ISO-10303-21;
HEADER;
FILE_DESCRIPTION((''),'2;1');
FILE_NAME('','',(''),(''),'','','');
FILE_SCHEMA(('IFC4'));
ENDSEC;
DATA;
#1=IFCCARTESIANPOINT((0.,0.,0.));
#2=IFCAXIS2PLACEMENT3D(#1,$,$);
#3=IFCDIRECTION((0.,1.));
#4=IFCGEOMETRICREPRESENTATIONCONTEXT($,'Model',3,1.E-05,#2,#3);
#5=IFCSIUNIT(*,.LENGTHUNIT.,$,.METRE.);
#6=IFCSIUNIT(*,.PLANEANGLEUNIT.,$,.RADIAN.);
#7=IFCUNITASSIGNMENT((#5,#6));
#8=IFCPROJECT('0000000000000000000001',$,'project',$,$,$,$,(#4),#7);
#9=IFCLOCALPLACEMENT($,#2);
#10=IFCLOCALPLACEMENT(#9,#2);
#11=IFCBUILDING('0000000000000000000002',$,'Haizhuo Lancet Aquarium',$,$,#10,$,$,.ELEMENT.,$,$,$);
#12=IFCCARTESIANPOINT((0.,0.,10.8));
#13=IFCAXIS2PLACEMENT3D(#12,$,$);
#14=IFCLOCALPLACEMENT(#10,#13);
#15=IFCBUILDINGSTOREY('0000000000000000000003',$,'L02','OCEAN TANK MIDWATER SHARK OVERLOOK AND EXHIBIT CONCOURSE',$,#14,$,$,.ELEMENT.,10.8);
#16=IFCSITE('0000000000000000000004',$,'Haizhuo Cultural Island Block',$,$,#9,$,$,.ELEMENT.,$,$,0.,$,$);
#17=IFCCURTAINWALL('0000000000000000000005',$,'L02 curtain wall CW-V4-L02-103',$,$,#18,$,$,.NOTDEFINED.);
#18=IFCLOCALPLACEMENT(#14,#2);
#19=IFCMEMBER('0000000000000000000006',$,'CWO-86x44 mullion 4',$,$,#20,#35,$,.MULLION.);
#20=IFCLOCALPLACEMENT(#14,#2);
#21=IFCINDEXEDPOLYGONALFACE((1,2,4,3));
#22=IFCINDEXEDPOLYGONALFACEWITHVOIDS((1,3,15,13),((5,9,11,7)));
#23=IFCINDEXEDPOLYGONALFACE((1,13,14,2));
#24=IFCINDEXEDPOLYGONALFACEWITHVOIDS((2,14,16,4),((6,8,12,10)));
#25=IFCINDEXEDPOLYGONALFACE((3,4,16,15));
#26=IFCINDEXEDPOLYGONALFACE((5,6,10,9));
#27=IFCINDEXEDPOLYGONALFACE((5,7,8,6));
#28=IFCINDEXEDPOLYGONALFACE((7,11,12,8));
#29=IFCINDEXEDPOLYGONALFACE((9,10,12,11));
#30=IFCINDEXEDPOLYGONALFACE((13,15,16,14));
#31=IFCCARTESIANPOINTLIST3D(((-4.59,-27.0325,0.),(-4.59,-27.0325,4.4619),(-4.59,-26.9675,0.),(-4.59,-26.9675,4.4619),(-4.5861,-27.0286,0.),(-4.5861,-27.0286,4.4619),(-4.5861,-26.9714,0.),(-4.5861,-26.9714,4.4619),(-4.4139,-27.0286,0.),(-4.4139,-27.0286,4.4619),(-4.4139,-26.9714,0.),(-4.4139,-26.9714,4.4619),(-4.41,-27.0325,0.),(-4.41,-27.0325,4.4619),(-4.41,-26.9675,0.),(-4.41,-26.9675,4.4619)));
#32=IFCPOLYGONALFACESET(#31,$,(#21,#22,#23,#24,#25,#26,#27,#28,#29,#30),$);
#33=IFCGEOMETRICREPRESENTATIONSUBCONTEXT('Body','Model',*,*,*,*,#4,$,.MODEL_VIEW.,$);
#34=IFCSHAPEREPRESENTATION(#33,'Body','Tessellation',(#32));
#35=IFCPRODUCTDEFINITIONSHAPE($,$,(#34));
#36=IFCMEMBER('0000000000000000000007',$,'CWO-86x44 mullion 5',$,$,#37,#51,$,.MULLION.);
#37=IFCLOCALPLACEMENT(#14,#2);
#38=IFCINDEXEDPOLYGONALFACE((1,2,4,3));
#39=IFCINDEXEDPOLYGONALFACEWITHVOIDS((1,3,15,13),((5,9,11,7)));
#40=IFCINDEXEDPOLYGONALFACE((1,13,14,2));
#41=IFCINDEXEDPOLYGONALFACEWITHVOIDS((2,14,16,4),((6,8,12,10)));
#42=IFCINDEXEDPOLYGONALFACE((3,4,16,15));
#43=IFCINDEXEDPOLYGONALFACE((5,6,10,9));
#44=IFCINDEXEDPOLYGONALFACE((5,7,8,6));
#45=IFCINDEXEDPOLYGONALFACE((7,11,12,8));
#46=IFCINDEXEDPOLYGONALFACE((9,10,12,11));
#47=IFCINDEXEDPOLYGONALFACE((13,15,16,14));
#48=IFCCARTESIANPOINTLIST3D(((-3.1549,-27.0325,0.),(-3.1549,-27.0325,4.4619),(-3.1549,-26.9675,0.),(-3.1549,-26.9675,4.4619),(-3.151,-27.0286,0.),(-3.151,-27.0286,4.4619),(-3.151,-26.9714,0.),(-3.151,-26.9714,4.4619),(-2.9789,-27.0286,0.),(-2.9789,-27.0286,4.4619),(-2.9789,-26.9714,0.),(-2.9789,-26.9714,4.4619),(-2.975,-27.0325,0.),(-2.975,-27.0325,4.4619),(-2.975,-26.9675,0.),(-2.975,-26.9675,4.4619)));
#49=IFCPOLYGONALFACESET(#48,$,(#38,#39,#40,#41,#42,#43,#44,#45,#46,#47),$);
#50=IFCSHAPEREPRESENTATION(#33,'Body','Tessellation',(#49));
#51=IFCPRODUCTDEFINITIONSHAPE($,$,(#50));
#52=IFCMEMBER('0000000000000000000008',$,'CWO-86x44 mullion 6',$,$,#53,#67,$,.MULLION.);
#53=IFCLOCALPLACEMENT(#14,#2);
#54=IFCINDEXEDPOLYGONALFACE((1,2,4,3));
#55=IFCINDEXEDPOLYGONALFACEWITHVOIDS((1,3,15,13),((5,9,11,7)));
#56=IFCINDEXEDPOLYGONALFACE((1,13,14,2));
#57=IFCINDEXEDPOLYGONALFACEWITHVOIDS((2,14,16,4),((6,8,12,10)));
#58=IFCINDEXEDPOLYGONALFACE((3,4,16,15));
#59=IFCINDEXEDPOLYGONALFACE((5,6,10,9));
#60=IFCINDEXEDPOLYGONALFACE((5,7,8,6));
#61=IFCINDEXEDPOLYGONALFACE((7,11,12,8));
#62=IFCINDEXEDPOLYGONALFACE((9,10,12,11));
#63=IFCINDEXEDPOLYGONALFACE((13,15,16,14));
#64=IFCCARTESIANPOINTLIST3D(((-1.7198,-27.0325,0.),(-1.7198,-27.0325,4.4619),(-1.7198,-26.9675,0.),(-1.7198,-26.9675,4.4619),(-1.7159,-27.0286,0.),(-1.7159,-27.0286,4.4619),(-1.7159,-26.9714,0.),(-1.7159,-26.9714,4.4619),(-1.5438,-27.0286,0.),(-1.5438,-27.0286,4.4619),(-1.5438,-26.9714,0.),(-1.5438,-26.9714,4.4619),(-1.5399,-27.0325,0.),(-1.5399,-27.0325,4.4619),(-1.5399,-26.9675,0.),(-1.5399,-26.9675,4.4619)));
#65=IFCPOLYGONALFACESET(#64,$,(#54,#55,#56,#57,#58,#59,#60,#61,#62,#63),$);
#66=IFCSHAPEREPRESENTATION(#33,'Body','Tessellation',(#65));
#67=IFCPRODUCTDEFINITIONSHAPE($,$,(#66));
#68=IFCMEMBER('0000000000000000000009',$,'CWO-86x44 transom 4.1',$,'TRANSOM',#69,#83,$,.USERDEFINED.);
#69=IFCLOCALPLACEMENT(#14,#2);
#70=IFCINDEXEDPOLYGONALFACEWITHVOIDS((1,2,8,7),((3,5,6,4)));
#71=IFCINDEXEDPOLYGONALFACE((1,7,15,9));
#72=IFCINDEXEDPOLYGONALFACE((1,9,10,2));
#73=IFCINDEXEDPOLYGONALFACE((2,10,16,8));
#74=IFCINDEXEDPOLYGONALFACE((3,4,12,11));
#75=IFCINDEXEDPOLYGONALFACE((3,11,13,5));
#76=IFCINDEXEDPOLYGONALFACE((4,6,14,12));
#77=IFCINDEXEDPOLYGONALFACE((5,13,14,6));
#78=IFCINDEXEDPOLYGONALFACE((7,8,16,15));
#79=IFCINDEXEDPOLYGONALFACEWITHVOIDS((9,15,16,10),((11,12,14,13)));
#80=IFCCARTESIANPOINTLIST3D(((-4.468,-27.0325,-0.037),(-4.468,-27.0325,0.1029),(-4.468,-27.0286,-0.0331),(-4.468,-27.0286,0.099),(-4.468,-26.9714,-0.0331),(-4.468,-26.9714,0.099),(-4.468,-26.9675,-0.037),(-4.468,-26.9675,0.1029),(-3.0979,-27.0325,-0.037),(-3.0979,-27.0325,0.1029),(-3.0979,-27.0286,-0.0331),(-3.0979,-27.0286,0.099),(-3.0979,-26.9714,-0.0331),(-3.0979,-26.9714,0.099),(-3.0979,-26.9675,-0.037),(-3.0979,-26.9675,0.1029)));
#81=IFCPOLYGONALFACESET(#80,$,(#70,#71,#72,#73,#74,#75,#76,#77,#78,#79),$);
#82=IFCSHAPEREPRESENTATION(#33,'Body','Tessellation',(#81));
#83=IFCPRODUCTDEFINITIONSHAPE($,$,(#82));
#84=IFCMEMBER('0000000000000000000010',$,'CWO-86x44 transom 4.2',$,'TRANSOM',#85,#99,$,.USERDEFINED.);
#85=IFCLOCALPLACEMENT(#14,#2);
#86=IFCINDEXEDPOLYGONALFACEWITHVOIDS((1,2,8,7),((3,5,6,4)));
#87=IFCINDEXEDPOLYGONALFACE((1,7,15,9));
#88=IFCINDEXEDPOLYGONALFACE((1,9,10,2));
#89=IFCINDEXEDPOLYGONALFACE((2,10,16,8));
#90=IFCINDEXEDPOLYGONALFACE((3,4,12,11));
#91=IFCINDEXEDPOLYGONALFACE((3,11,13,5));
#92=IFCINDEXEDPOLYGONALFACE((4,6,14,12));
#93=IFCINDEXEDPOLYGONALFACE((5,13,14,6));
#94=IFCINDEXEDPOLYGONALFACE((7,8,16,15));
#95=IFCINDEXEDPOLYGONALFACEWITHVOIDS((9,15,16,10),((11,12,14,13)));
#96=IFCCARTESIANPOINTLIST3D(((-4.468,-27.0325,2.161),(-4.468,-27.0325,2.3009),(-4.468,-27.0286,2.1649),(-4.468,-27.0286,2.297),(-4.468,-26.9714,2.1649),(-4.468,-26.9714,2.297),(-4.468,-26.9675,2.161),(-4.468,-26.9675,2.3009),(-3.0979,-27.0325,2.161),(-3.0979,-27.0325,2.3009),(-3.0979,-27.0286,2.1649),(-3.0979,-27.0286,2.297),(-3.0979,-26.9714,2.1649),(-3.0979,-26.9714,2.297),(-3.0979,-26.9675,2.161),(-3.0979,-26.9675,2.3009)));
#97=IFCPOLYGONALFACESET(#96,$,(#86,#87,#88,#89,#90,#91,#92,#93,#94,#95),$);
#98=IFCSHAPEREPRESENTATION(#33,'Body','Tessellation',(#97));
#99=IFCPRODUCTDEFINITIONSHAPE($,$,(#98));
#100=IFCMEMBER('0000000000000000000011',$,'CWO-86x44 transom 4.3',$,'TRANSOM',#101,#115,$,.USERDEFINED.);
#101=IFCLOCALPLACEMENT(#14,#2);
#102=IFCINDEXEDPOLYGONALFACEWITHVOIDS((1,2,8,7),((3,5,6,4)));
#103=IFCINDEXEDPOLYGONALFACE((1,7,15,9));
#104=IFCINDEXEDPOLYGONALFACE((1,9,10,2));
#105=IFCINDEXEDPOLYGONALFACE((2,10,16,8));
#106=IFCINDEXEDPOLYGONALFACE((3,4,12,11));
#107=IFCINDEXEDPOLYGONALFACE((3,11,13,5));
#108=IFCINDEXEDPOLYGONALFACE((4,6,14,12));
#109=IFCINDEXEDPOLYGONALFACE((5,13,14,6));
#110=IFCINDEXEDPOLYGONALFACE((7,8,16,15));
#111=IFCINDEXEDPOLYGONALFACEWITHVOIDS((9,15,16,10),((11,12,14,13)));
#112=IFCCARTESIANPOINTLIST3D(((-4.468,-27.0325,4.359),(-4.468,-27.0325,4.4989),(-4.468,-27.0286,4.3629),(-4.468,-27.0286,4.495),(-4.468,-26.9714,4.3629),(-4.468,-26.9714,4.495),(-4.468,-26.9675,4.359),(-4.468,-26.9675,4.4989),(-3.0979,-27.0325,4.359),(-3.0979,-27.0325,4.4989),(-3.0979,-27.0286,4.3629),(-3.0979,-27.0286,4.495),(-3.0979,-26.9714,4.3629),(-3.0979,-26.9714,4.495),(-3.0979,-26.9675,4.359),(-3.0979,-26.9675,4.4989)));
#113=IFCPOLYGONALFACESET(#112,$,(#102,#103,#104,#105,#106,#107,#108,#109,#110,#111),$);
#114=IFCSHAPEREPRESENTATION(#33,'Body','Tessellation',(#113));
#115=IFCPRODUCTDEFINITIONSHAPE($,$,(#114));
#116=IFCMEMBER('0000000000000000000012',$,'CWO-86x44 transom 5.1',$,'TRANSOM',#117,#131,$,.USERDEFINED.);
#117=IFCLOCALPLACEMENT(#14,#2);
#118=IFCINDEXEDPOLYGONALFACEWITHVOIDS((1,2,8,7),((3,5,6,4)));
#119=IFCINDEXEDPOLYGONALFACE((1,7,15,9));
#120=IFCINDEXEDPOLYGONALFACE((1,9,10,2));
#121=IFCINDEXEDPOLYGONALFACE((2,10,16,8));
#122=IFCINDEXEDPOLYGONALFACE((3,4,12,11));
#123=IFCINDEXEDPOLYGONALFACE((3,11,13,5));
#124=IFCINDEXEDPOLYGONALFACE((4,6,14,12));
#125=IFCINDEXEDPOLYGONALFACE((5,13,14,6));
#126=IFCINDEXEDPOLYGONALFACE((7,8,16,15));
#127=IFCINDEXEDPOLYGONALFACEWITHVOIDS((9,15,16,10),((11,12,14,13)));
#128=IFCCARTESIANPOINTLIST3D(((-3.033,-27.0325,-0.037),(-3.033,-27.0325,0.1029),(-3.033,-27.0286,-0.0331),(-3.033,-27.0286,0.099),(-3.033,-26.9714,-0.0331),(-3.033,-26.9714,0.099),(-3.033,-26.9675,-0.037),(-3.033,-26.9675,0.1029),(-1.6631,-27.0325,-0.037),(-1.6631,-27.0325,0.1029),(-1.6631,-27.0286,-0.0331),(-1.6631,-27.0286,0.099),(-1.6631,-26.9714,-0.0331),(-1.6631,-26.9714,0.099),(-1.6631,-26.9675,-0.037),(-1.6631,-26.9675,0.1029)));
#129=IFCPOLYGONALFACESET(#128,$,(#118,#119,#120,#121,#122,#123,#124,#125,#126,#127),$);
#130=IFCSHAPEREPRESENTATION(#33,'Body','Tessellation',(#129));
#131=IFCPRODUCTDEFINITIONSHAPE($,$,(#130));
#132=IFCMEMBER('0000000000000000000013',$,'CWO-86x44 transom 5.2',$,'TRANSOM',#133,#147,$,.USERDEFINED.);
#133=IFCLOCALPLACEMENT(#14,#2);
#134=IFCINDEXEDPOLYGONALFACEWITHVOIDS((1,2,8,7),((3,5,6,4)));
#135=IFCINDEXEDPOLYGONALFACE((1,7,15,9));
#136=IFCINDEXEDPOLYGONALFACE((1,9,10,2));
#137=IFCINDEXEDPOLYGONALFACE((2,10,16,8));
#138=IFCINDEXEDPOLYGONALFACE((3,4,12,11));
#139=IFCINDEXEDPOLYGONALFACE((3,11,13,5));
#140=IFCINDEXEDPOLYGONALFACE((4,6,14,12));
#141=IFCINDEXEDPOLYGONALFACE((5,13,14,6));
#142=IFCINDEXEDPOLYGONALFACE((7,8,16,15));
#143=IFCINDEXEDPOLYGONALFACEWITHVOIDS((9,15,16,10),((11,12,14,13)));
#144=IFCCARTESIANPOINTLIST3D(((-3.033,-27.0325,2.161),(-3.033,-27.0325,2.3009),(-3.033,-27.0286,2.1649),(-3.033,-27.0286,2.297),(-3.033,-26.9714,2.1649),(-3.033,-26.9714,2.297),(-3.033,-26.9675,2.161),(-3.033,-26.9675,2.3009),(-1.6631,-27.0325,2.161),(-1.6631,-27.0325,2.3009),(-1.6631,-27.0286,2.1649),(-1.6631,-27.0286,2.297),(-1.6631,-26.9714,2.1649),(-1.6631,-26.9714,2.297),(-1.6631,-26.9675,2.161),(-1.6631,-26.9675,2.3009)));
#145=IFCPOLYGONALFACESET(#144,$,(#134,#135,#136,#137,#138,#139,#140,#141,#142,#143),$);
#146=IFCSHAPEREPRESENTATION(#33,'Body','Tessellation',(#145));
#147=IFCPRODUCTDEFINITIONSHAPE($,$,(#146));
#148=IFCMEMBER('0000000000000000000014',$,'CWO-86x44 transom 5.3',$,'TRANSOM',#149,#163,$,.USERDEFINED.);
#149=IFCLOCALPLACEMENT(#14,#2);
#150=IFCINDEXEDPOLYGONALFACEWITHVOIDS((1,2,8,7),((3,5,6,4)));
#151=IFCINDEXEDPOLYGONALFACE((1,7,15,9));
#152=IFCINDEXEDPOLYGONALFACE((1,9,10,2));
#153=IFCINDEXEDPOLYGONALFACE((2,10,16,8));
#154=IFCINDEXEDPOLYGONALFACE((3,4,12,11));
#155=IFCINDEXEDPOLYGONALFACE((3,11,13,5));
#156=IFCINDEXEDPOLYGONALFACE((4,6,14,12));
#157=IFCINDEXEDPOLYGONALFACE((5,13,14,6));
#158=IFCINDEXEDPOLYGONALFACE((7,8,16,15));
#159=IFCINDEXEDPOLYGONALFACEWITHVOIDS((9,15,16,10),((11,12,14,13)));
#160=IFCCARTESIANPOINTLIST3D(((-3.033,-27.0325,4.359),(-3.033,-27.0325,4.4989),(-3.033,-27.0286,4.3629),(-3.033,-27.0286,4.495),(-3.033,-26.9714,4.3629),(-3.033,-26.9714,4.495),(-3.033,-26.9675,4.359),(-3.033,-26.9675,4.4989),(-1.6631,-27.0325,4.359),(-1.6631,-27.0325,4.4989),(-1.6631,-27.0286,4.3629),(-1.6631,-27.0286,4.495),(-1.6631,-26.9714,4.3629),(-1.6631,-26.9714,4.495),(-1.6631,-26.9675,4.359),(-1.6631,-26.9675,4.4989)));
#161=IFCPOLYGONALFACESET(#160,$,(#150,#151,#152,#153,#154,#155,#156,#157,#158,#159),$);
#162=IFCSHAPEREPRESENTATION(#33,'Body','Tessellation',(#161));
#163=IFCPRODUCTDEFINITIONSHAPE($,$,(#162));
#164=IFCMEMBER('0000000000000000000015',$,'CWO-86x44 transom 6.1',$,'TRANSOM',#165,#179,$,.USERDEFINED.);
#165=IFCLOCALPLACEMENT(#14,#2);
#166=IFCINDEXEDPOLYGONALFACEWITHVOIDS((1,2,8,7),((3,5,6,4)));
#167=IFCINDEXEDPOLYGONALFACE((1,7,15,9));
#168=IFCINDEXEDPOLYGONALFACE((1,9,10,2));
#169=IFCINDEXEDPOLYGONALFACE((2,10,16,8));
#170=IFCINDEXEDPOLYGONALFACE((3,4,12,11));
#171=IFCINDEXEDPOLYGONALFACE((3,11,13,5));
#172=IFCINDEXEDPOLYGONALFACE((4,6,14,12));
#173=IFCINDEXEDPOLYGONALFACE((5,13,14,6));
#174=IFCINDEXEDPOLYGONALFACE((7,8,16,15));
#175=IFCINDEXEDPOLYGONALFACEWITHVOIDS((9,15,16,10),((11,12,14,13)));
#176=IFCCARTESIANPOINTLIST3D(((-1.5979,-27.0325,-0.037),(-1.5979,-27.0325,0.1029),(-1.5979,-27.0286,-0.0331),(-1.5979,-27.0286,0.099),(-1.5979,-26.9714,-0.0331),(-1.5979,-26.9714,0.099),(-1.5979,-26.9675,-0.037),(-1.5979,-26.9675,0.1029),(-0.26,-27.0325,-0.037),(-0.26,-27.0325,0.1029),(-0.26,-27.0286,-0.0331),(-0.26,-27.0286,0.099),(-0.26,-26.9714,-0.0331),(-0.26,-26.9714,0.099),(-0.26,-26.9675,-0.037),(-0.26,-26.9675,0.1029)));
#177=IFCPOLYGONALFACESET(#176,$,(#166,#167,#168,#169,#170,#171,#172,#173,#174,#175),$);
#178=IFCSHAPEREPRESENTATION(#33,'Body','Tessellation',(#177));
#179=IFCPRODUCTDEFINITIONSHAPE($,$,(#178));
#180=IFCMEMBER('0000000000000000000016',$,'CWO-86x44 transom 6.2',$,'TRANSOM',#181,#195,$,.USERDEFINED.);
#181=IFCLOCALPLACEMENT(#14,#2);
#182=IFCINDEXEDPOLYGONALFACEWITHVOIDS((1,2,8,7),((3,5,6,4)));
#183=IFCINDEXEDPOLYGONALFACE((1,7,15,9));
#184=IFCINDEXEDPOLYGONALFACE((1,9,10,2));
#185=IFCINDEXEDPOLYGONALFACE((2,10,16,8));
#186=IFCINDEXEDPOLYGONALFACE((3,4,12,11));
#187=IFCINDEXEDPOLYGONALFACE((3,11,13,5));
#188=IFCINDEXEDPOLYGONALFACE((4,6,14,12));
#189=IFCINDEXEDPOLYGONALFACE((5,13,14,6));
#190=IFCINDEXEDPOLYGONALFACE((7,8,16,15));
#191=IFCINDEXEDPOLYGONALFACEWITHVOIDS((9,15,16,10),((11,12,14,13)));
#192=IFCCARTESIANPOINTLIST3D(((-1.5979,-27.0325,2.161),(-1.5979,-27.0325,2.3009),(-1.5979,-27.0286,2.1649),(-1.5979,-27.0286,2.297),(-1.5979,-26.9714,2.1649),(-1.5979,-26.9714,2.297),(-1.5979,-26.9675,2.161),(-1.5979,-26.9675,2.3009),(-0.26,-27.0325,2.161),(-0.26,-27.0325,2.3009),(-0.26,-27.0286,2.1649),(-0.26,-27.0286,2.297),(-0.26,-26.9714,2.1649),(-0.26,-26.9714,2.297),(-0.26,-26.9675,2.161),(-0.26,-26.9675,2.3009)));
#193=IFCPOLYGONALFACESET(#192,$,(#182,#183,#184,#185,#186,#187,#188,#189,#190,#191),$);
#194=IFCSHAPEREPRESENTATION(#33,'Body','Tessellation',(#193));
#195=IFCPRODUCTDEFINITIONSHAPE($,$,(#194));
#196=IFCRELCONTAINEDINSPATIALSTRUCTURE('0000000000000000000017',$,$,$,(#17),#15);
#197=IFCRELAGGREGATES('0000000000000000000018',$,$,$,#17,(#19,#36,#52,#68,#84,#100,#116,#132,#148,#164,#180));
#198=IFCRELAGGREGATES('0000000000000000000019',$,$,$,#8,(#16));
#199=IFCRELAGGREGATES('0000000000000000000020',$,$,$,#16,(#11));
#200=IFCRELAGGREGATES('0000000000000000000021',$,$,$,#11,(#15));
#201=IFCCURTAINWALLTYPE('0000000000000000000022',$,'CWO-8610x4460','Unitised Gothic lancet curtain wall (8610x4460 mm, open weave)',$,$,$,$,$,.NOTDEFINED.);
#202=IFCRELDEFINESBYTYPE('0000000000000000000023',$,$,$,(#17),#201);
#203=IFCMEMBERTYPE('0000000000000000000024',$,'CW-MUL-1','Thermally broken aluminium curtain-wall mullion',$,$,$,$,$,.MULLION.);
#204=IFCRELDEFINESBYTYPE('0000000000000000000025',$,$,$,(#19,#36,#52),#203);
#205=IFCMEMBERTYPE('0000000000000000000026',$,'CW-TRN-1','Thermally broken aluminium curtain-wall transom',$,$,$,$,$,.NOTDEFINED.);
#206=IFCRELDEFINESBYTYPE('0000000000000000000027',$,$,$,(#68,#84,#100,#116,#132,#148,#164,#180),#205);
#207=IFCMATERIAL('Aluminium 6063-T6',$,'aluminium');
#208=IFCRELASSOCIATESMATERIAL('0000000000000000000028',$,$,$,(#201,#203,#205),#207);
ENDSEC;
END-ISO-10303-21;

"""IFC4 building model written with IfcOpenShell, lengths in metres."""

from ifc_helpers import new_model, si_unit, direction, frame, origin, origin_2d, place, context, subcontext, project, spatial, hollow_rectangle, extrude, material, material_profile, profile_set, type_object, element, aggregate, save


model = new_model("IFC4")

# Units and contexts
model_context = context("Model", 3, precision=1e-05, world=origin(), true_north=direction((0.0, 1.0)))
body_context = subcontext(model_context, "Body", "Model", "MODEL_VIEW")
ifc_project = project(units=[si_unit("LENGTHUNIT", "METRE"), si_unit("PLANEANGLEUNIT", "RADIAN")], contexts=[model_context])

# Site, building, storey
site_placement = place(None, origin())
site = spatial("IfcSite", under=ifc_project, at=site_placement, Name="Haizhuo Cultural Island Block", CompositionType="ELEMENT", RefElevation=0.0)
building_placement = place(site_placement, origin())
building = spatial("IfcBuilding", under=site, at=building_placement, Name="Haizhuo Lancet Aquarium", CompositionType="ELEMENT")
storey_placement = place(building_placement, frame((0.0, 0.0, 10.8)))
storey = spatial("IfcBuildingStorey", under=building, at=storey_placement, Name="L02", Description="OCEAN TANK MIDWATER SHARK OVERLOOK AND EXHIBIT CONCOURSE", CompositionType="ELEMENT", Elevation=10.8)

# Curtain wall, members
ifc_material_1 = material(Name="Aluminium 6063-T6", Category="aluminium")
curtain_wall_type = type_object("IfcCurtainWallType", Name="CWO-8610x4460", Description="Unitised Gothic lancet curtain wall (8610x4460 mm, open weave)", PredefinedType="NOTDEFINED", material=ifc_material_1)
curtain_wall_placement = place(storey_placement, origin())
curtain_wall = element("IfcCurtainWall", 1, at=curtain_wall_placement, inside=storey, type_object=curtain_wall_type, Name="L02 curtain wall CW-V4-L02-103", PredefinedType="NOTDEFINED")
ifc_material_profile_1 = material_profile(ifc_material_1, hollow_rectangle(XDim=0.0649, YDim=0.1799, WallThickness=0.0039, at=origin_2d()), Name="ALU-M 65x180x4")
ifc_profile_set_1 = profile_set([ifc_material_profile_1], Name="Aluminium 6063-T6")
member_type_1 = type_object("IfcMemberType", Name="CW-MUL-1", Description="Thermally broken aluminium curtain-wall mullion", PredefinedType="MULLION", material=ifc_profile_set_1)
member_1_placement = place(storey_placement, frame((-4.5, -27.0, 0.0), z_axis=(0.0, 0.0, 1.0), x_axis=(0.0, 1.0, 0.0)))
member_1 = element("IfcMember", 2, at=member_1_placement, type_object=member_type_1, Name="CWO-86x44 mullion 4", PredefinedType="MULLION", context=body_context, shape_type="SweptSolid", body=[
    extrude(hollow_rectangle(XDim=0.0649, YDim=0.1799, WallThickness=0.0039, at=origin_2d()), origin(), (0.0, 0.0, 1.0), 4.4619),
])
member_2_placement = place(storey_placement, frame((-3.0649, -27.0, 0.0), z_axis=(0.0, 0.0, 1.0), x_axis=(0.0, 1.0, 0.0)))
member_2 = element("IfcMember", 3, at=member_2_placement, type_object=member_type_1, Name="CWO-86x44 mullion 5", PredefinedType="MULLION", context=body_context, shape_type="SweptSolid", body=[
    extrude(hollow_rectangle(XDim=0.0649, YDim=0.1799, WallThickness=0.0039, at=origin_2d()), origin(), (0.0, 0.0, 1.0), 4.4619),
])
member_3_placement = place(storey_placement, frame((-1.6299, -27.0, 0.0), z_axis=(0.0, 0.0, 1.0), x_axis=(0.0, 1.0, 0.0)))
member_3 = element("IfcMember", 4, at=member_3_placement, type_object=member_type_1, Name="CWO-86x44 mullion 6", PredefinedType="MULLION", context=body_context, shape_type="SweptSolid", body=[
    extrude(hollow_rectangle(XDim=0.0649, YDim=0.1799, WallThickness=0.0039, at=origin_2d()), origin(), (0.0, 0.0, 1.0), 4.4619),
])
ifc_material_profile_2 = material_profile(ifc_material_1, hollow_rectangle(XDim=0.0649, YDim=0.1399, WallThickness=0.0039, at=origin_2d()), Name="ALU-T 65x140x4")
ifc_profile_set_2 = profile_set([ifc_material_profile_2], Name="Aluminium 6063-T6")
member_type_2 = type_object("IfcMemberType", Name="CW-TRN-1", Description="Thermally broken aluminium curtain-wall transom", PredefinedType="NOTDEFINED", material=ifc_profile_set_2)
member_4_placement = place(storey_placement, frame((-4.468, -27.0, 0.033), z_axis=(1.0, 0.0, 0.0), x_axis=(0.0, 1.0, 0.0)))
member_4 = element("IfcMember", 5, at=member_4_placement, type_object=member_type_2, Name="CWO-86x44 transom 4.1", ObjectType="TRANSOM", PredefinedType="USERDEFINED", context=body_context, shape_type="SweptSolid", body=[
    extrude(hollow_rectangle(XDim=0.0649, YDim=0.1399, WallThickness=0.0039, at=origin_2d()), origin(), (0.0, 0.0, 1.0), 1.3701),
])
member_5_placement = place(storey_placement, frame((-4.468, -27.0, 2.231), z_axis=(1.0, 0.0, 0.0), x_axis=(0.0, 1.0, 0.0)))
member_5 = element("IfcMember", 6, at=member_5_placement, type_object=member_type_2, Name="CWO-86x44 transom 4.2", ObjectType="TRANSOM", PredefinedType="USERDEFINED", context=body_context, shape_type="SweptSolid", body=[
    extrude(hollow_rectangle(XDim=0.0649, YDim=0.1399, WallThickness=0.0039, at=origin_2d()), origin(), (0.0, 0.0, 1.0), 1.3701),
])
member_6_placement = place(storey_placement, frame((-4.468, -27.0, 4.429), z_axis=(1.0, 0.0, 0.0), x_axis=(0.0, 1.0, 0.0)))
member_6 = element("IfcMember", 7, at=member_6_placement, type_object=member_type_2, Name="CWO-86x44 transom 4.3", ObjectType="TRANSOM", PredefinedType="USERDEFINED", context=body_context, shape_type="SweptSolid", body=[
    extrude(hollow_rectangle(XDim=0.0649, YDim=0.1399, WallThickness=0.0039, at=origin_2d()), origin(), (0.0, 0.0, 1.0), 1.3701),
])
member_7_placement = place(storey_placement, frame((-3.033, -27.0, 0.033), z_axis=(1.0, 0.0, 0.0), x_axis=(0.0, 1.0, 0.0)))
member_7 = element("IfcMember", 8, at=member_7_placement, type_object=member_type_2, Name="CWO-86x44 transom 5.1", ObjectType="TRANSOM", PredefinedType="USERDEFINED", context=body_context, shape_type="SweptSolid", body=[
    extrude(hollow_rectangle(XDim=0.0649, YDim=0.1399, WallThickness=0.0039, at=origin_2d()), origin(), (0.0, 0.0, 1.0), 1.3699),
])
member_8_placement = place(storey_placement, frame((-3.033, -27.0, 2.231), z_axis=(1.0, 0.0, 0.0), x_axis=(0.0, 1.0, 0.0)))
member_8 = element("IfcMember", 9, at=member_8_placement, type_object=member_type_2, Name="CWO-86x44 transom 5.2", ObjectType="TRANSOM", PredefinedType="USERDEFINED", context=body_context, shape_type="SweptSolid", body=[
    extrude(hollow_rectangle(XDim=0.0649, YDim=0.1399, WallThickness=0.0039, at=origin_2d()), origin(), (0.0, 0.0, 1.0), 1.3699),
])
member_9_placement = place(storey_placement, frame((-3.033, -27.0, 4.429), z_axis=(1.0, 0.0, 0.0), x_axis=(0.0, 1.0, 0.0)))
member_9 = element("IfcMember", 10, at=member_9_placement, type_object=member_type_2, Name="CWO-86x44 transom 5.3", ObjectType="TRANSOM", PredefinedType="USERDEFINED", context=body_context, shape_type="SweptSolid", body=[
    extrude(hollow_rectangle(XDim=0.0649, YDim=0.1399, WallThickness=0.0039, at=origin_2d()), origin(), (0.0, 0.0, 1.0), 1.3699),
])
member_10_placement = place(storey_placement, frame((-1.5979, -27.0, 0.033), z_axis=(1.0, 0.0, 0.0), x_axis=(0.0, 1.0, 0.0)))
member_10 = element("IfcMember", 11, at=member_10_placement, type_object=member_type_2, Name="CWO-86x44 transom 6.1", ObjectType="TRANSOM", PredefinedType="USERDEFINED", context=body_context, shape_type="SweptSolid", body=[
    extrude(hollow_rectangle(XDim=0.0649, YDim=0.1399, WallThickness=0.0039, at=origin_2d()), origin(), (0.0, 0.0, 1.0), 1.3379),
])
member_11_placement = place(storey_placement, frame((-1.5979, -27.0, 2.231), z_axis=(1.0, 0.0, 0.0), x_axis=(0.0, 1.0, 0.0)))
member_11 = element("IfcMember", 12, at=member_11_placement, type_object=member_type_2, Name="CWO-86x44 transom 6.2", ObjectType="TRANSOM", PredefinedType="USERDEFINED", context=body_context, shape_type="SweptSolid", body=[
    extrude(hollow_rectangle(XDim=0.0649, YDim=0.1399, WallThickness=0.0039, at=origin_2d()), origin(), (0.0, 0.0, 1.0), 1.3379),
])

aggregate(curtain_wall, [member_1, member_2, member_3, member_4, member_5, member_6, member_7, member_8, member_9, member_10, member_11])

save(model, "model.ifc")
